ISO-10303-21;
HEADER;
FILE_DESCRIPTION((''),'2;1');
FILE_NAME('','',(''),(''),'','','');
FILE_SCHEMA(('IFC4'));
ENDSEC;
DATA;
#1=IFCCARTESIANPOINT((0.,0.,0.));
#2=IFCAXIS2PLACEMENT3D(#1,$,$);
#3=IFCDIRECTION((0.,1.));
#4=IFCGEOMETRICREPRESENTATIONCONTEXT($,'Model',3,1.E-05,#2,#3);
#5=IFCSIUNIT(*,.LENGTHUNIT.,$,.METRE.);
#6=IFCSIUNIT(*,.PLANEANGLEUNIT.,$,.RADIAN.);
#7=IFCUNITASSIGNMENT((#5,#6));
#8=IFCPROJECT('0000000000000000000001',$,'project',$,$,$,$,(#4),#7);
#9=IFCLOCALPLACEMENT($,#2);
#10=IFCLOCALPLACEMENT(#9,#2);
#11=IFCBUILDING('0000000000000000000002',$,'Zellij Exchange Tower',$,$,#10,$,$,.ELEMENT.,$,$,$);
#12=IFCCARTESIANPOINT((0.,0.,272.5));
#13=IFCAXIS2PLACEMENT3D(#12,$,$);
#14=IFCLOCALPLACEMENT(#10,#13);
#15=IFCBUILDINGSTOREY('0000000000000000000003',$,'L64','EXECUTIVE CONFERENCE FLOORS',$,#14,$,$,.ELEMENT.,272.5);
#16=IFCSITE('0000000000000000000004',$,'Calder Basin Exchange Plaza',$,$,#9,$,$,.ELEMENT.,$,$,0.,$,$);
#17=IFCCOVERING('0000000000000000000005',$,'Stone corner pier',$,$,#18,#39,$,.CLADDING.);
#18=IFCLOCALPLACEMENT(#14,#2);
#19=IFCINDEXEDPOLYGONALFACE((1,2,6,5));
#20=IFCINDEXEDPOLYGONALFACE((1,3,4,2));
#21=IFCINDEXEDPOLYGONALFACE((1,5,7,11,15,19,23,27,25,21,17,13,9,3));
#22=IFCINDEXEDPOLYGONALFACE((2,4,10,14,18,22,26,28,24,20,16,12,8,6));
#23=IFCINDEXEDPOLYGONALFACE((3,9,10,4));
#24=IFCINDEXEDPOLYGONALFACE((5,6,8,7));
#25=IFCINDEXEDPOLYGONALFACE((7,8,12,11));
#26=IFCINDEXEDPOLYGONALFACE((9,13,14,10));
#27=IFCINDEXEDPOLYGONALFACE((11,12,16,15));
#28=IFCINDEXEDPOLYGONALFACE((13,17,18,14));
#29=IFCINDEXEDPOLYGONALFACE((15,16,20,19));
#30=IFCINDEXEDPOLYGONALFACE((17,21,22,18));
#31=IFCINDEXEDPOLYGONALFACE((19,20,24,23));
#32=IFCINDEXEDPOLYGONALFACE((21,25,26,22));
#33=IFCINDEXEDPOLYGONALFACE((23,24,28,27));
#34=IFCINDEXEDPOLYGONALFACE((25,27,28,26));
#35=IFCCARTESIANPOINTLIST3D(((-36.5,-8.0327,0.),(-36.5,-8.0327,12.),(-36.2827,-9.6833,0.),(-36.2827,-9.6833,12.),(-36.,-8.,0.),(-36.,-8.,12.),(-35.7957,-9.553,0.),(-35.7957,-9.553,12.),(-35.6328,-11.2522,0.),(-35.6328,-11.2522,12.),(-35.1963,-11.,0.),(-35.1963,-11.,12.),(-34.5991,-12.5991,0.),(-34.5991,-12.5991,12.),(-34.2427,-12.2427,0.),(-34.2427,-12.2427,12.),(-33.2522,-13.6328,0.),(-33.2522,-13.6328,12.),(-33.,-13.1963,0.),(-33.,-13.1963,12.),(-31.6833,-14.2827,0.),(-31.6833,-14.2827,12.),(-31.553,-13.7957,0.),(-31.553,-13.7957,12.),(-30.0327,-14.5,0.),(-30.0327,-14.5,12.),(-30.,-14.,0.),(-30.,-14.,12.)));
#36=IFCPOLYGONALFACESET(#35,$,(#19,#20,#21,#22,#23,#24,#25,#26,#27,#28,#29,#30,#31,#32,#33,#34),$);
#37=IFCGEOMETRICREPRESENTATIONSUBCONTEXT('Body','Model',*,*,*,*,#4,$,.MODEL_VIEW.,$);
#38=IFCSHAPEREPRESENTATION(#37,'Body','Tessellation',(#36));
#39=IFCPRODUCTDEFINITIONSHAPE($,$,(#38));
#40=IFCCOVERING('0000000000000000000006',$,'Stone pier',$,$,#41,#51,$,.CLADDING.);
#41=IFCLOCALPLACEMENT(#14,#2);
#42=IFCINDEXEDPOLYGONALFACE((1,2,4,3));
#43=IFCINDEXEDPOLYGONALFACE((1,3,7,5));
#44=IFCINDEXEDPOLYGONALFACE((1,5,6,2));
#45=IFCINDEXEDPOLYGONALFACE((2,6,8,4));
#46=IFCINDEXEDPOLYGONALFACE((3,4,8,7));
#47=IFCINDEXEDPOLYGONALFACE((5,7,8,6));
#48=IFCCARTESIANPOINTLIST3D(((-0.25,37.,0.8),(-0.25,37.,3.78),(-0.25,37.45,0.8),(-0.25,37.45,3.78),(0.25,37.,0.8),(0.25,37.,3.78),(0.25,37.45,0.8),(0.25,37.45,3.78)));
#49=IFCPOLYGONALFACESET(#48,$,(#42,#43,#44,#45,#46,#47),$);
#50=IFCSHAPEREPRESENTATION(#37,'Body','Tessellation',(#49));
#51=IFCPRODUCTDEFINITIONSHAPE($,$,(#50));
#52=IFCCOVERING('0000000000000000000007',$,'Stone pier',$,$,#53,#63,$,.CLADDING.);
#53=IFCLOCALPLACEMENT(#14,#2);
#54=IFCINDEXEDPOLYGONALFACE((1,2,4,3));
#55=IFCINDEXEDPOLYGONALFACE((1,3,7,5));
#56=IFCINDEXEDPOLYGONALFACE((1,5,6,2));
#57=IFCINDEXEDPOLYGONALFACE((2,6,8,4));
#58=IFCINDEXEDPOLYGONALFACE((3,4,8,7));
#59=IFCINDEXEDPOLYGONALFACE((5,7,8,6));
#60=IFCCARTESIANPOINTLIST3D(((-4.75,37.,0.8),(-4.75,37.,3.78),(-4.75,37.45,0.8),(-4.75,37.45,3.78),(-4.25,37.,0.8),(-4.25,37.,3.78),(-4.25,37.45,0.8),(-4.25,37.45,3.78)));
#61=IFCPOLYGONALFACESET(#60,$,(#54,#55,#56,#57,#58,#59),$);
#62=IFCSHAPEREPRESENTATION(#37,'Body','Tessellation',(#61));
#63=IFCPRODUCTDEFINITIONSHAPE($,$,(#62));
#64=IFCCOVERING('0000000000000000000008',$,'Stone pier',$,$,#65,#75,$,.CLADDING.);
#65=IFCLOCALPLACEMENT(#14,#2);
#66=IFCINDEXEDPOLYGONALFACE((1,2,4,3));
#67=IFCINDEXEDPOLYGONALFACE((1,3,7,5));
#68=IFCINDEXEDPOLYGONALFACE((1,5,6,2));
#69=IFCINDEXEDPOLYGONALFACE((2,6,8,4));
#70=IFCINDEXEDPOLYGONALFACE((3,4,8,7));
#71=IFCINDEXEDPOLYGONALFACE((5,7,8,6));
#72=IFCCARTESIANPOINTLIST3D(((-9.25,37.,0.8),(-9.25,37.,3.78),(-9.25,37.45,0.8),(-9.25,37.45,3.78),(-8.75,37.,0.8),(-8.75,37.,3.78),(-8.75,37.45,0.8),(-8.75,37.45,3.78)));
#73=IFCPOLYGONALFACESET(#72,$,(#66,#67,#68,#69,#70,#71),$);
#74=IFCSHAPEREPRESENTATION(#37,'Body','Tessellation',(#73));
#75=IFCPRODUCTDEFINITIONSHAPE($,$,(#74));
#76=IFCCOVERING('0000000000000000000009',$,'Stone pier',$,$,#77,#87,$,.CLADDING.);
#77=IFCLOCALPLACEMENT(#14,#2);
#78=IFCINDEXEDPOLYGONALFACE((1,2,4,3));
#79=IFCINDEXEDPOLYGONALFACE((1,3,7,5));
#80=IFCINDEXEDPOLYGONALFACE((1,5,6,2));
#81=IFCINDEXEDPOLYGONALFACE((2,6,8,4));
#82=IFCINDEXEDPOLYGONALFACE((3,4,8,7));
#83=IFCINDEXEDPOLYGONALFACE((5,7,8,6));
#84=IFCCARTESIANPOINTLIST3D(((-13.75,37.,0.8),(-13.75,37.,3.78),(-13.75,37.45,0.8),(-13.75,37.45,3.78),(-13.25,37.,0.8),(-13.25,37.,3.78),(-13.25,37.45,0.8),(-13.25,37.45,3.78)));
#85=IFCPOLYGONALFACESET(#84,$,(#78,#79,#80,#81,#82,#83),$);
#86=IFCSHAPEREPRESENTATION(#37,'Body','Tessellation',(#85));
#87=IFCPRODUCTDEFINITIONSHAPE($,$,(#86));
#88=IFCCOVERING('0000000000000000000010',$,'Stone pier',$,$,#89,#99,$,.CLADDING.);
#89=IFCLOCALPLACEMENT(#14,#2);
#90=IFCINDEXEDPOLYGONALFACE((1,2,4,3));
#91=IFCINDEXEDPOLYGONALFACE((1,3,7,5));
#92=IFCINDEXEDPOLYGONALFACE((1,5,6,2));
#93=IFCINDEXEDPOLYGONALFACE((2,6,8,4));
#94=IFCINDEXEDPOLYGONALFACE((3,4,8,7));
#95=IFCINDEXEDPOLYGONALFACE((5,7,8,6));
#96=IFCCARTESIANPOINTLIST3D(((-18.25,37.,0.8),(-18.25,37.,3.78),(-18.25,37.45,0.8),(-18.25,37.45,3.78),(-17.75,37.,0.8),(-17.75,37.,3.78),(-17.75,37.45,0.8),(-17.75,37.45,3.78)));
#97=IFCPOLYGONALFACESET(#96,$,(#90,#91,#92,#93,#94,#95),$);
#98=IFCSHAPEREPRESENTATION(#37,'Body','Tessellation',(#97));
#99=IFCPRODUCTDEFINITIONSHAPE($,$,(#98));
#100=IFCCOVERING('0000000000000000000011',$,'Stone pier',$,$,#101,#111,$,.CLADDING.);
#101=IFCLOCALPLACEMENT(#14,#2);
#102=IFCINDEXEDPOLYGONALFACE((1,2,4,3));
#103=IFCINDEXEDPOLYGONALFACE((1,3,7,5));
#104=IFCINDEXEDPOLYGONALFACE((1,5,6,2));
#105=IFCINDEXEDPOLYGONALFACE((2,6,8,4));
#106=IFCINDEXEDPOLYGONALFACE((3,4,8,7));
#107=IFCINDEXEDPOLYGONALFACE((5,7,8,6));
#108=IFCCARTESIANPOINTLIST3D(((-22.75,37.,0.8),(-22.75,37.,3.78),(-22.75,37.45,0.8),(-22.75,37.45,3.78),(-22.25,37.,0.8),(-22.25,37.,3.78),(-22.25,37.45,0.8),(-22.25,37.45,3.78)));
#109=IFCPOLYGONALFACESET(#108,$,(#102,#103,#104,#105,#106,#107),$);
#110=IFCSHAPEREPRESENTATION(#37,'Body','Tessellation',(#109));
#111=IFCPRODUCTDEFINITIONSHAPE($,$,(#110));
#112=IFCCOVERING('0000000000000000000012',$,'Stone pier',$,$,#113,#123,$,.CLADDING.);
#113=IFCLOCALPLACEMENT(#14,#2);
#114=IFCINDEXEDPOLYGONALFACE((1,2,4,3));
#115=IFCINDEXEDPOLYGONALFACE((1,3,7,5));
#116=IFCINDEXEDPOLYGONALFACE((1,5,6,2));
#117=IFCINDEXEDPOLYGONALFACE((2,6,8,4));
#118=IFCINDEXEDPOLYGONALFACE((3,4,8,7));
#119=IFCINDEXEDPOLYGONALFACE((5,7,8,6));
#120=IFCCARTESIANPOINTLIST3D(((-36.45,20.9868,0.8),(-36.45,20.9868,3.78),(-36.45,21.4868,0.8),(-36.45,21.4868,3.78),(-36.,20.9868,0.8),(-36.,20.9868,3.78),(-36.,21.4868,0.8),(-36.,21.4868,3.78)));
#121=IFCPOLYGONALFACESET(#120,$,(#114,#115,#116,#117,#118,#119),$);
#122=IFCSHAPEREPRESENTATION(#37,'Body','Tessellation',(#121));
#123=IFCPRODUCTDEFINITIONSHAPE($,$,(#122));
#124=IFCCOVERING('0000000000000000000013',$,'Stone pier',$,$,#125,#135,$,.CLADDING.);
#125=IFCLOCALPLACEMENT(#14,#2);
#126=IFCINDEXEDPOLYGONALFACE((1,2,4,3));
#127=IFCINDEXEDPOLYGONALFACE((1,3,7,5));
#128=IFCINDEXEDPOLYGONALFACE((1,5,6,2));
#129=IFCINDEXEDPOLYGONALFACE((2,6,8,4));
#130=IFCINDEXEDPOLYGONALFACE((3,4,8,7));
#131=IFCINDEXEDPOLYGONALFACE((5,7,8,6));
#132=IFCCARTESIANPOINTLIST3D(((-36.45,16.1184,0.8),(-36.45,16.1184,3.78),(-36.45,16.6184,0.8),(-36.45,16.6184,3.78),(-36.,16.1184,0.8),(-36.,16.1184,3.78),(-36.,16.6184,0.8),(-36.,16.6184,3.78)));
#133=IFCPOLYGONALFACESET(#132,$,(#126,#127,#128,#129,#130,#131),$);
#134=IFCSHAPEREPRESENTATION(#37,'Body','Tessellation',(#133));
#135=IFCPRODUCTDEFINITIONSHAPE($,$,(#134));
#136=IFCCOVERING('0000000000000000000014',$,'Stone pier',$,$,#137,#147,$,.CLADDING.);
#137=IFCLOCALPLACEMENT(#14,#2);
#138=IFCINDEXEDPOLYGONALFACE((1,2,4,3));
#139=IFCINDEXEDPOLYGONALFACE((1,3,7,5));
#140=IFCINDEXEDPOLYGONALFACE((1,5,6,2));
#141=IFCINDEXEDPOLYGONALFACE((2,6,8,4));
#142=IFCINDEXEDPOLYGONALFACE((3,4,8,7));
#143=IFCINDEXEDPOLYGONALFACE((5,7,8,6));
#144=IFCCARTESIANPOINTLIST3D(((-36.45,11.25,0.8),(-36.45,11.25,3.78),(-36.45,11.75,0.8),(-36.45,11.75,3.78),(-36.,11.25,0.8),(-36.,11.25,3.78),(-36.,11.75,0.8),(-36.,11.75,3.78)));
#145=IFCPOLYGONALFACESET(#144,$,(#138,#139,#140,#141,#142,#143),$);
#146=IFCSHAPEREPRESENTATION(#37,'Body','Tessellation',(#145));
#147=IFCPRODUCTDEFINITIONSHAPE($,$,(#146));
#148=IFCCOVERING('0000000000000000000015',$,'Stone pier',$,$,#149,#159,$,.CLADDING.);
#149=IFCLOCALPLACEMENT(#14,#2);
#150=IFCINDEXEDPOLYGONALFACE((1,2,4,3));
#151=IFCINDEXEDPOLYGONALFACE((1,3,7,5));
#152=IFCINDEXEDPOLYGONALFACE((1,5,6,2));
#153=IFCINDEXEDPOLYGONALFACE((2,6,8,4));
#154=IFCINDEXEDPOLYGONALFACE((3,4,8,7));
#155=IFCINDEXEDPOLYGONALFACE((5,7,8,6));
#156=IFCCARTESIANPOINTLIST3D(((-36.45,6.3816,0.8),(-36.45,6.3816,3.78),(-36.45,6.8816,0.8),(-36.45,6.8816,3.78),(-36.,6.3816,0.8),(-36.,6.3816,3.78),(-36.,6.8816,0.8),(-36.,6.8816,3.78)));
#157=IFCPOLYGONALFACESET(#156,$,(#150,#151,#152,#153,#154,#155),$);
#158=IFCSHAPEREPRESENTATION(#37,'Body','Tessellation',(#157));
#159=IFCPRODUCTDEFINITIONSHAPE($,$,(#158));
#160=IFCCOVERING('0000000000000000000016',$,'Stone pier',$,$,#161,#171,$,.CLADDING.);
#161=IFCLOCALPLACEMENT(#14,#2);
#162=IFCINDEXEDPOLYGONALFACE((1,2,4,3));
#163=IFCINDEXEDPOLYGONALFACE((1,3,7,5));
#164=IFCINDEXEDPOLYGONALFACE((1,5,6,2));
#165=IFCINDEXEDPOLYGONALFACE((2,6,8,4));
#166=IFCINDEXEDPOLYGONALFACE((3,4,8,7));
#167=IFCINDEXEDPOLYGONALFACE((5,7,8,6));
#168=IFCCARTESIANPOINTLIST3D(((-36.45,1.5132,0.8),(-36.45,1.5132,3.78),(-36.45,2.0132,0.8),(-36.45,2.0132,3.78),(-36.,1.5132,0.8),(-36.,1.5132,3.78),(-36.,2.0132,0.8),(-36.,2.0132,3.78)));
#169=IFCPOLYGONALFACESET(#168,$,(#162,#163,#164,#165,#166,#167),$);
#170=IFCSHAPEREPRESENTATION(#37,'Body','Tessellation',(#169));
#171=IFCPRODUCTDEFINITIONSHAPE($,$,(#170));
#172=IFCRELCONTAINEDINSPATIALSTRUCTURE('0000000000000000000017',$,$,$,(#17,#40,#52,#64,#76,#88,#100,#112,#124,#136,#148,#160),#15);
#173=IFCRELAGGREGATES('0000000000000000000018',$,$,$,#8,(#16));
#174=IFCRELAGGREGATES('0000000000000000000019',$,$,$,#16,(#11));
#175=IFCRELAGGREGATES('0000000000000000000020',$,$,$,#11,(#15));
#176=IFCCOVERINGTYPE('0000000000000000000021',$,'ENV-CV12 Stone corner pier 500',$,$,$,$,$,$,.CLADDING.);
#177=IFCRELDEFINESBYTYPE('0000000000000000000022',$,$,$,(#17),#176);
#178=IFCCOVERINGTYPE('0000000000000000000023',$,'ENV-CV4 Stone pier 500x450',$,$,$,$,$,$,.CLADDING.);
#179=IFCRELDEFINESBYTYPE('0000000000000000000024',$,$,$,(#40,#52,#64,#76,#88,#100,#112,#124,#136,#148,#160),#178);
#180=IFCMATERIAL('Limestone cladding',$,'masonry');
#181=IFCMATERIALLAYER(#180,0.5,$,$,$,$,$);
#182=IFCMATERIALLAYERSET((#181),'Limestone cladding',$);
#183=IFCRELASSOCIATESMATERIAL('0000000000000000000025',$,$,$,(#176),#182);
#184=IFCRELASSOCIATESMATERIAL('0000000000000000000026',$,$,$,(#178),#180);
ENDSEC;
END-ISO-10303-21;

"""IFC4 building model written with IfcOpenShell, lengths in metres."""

from ifc_helpers import new_model, si_unit, direction, frame, origin, place, context, subcontext, project, spatial, polyline, outline, extrude, material, layer, layer_set, type_object, element, save


model = new_model("IFC4")

# Units and contexts
model_context = context("Model", 3, precision=1e-05, world=origin(), true_north=direction((0.0, 1.0)))
body_context = subcontext(model_context, "Body", "Model", "MODEL_VIEW")
ifc_project = project(units=[si_unit("LENGTHUNIT", "METRE"), si_unit("PLANEANGLEUNIT", "RADIAN")], contexts=[model_context])

# Site, building, storey
site_placement = place(None, origin())
site = spatial("IfcSite", under=ifc_project, at=site_placement, Name="Calder Basin Exchange Plaza", CompositionType="ELEMENT", RefElevation=0.0)
building_placement = place(site_placement, origin())
building = spatial("IfcBuilding", under=site, at=building_placement, Name="Zellij Exchange Tower", CompositionType="ELEMENT")
storey_placement = place(building_placement, frame((0.0, 0.0, 272.5)))
storey = spatial("IfcBuildingStorey", under=building, at=storey_placement, Name="L64", Description="EXECUTIVE CONFERENCE FLOORS", CompositionType="ELEMENT", Elevation=272.5)

# Coverings
ifc_material_1 = material(Name="Limestone cladding", Category="masonry")
ifc_layer_1 = layer(ifc_material_1, 0.5)
ifc_layer_set_1 = layer_set([ifc_layer_1], Name="Limestone cladding")
covering_type_1 = type_object("IfcCoveringType", Name="ENV-CV12 Stone corner pier 500", PredefinedType="CLADDING", material=ifc_layer_set_1)
covering_1_placement = place(storey_placement, origin())
element("IfcCovering", 1, at=covering_1_placement, inside=storey, type_object=covering_type_1, Name="Stone corner pier", PredefinedType="CLADDING", context=body_context, shape_type="SweptSolid", body=[
    extrude(outline(polyline([(-36.0, -8.0), (-35.7957, -9.553), (-35.1963, -11.0), (-34.2427, -12.2427), (-33.0, -13.1963), (-31.553, -13.7957), (-30.0, -14.0), (-30.0327, -14.5), (-31.6833, -14.2827), (-33.2522, -13.6328), (-34.5991, -12.5991), (-35.6328, -11.2522), (-36.2827, -9.6833), (-36.5, -8.0327), (-36.0, -8.0)])), origin(), (0.0, 0.0, 1.0), 12.0),
])
covering_type_2 = type_object("IfcCoveringType", Name="ENV-CV4 Stone pier 500x450", PredefinedType="CLADDING", material=ifc_material_1)
covering_2_placement = place(storey_placement, frame((0.0, 0.0, 0.8)))
element("IfcCovering", 2, at=covering_2_placement, inside=storey, type_object=covering_type_2, Name="Stone pier", PredefinedType="CLADDING", context=body_context, shape_type="SweptSolid", body=[
    extrude(outline(polyline([(0.25, 37.0), (-0.25, 37.0), (-0.25, 37.45), (0.25, 37.45), (0.25, 37.0)])), origin(), (0.0, 0.0, 1.0), 2.98),
])
covering_3_placement = place(storey_placement, frame((0.0, 0.0, 0.8)))
element("IfcCovering", 3, at=covering_3_placement, inside=storey, type_object=covering_type_2, Name="Stone pier", PredefinedType="CLADDING", context=body_context, shape_type="SweptSolid", body=[
    extrude(outline(polyline([(-4.25, 37.0), (-4.75, 37.0), (-4.75, 37.45), (-4.25, 37.45), (-4.25, 37.0)])), origin(), (0.0, 0.0, 1.0), 2.98),
])
covering_4_placement = place(storey_placement, frame((0.0, 0.0, 0.8)))
element("IfcCovering", 4, at=covering_4_placement, inside=storey, type_object=covering_type_2, Name="Stone pier", PredefinedType="CLADDING", context=body_context, shape_type="SweptSolid", body=[
    extrude(outline(polyline([(-8.75, 37.0), (-9.25, 37.0), (-9.25, 37.45), (-8.75, 37.45), (-8.75, 37.0)])), origin(), (0.0, 0.0, 1.0), 2.98),
])
covering_5_placement = place(storey_placement, frame((0.0, 0.0, 0.8)))
element("IfcCovering", 5, at=covering_5_placement, inside=storey, type_object=covering_type_2, Name="Stone pier", PredefinedType="CLADDING", context=body_context, shape_type="SweptSolid", body=[
    extrude(outline(polyline([(-13.25, 37.0), (-13.75, 37.0), (-13.75, 37.45), (-13.25, 37.45), (-13.25, 37.0)])), origin(), (0.0, 0.0, 1.0), 2.98),
])
covering_6_placement = place(storey_placement, frame((0.0, 0.0, 0.8)))
element("IfcCovering", 6, at=covering_6_placement, inside=storey, type_object=covering_type_2, Name="Stone pier", PredefinedType="CLADDING", context=body_context, shape_type="SweptSolid", body=[
    extrude(outline(polyline([(-17.75, 37.0), (-18.25, 37.0), (-18.25, 37.45), (-17.75, 37.45), (-17.75, 37.0)])), origin(), (0.0, 0.0, 1.0), 2.98),
])
covering_7_placement = place(storey_placement, frame((0.0, 0.0, 0.8)))
element("IfcCovering", 7, at=covering_7_placement, inside=storey, type_object=covering_type_2, Name="Stone pier", PredefinedType="CLADDING", context=body_context, shape_type="SweptSolid", body=[
    extrude(outline(polyline([(-22.25, 37.0), (-22.75, 37.0), (-22.75, 37.45), (-22.25, 37.45), (-22.25, 37.0)])), origin(), (0.0, 0.0, 1.0), 2.98),
])
covering_8_placement = place(storey_placement, frame((0.0, 0.0, 0.8)))
element("IfcCovering", 8, at=covering_8_placement, inside=storey, type_object=covering_type_2, Name="Stone pier", PredefinedType="CLADDING", context=body_context, shape_type="SweptSolid", body=[
    extrude(outline(polyline([(-36.0, 21.4868), (-36.0, 20.9868), (-36.45, 20.9868), (-36.45, 21.4868), (-36.0, 21.4868)])), origin(), (0.0, 0.0, 1.0), 2.98),
])
covering_9_placement = place(storey_placement, frame((0.0, 0.0, 0.8)))
element("IfcCovering", 9, at=covering_9_placement, inside=storey, type_object=covering_type_2, Name="Stone pier", PredefinedType="CLADDING", context=body_context, shape_type="SweptSolid", body=[
    extrude(outline(polyline([(-36.0, 16.6184), (-36.0, 16.1184), (-36.45, 16.1184), (-36.45, 16.6184), (-36.0, 16.6184)])), origin(), (0.0, 0.0, 1.0), 2.98),
])
covering_10_placement = place(storey_placement, frame((0.0, 0.0, 0.8)))
element("IfcCovering", 10, at=covering_10_placement, inside=storey, type_object=covering_type_2, Name="Stone pier", PredefinedType="CLADDING", context=body_context, shape_type="SweptSolid", body=[
    extrude(outline(polyline([(-36.0, 11.75), (-36.0, 11.25), (-36.45, 11.25), (-36.45, 11.75), (-36.0, 11.75)])), origin(), (0.0, 0.0, 1.0), 2.98),
])
covering_11_placement = place(storey_placement, frame((0.0, 0.0, 0.8)))
element("IfcCovering", 11, at=covering_11_placement, inside=storey, type_object=covering_type_2, Name="Stone pier", PredefinedType="CLADDING", context=body_context, shape_type="SweptSolid", body=[
    extrude(outline(polyline([(-36.0, 6.8816), (-36.0, 6.3816), (-36.45, 6.3816), (-36.45, 6.8816), (-36.0, 6.8816)])), origin(), (0.0, 0.0, 1.0), 2.98),
])
covering_12_placement = place(storey_placement, frame((0.0, 0.0, 0.8)))
element("IfcCovering", 12, at=covering_12_placement, inside=storey, type_object=covering_type_2, Name="Stone pier", PredefinedType="CLADDING", context=body_context, shape_type="SweptSolid", body=[
    extrude(outline(polyline([(-36.0, 2.0132), (-36.0, 1.5132), (-36.45, 1.5132), (-36.45, 2.0132), (-36.0, 2.0132)])), origin(), (0.0, 0.0, 1.0), 2.98),
])

save(model, "model.ifc")
